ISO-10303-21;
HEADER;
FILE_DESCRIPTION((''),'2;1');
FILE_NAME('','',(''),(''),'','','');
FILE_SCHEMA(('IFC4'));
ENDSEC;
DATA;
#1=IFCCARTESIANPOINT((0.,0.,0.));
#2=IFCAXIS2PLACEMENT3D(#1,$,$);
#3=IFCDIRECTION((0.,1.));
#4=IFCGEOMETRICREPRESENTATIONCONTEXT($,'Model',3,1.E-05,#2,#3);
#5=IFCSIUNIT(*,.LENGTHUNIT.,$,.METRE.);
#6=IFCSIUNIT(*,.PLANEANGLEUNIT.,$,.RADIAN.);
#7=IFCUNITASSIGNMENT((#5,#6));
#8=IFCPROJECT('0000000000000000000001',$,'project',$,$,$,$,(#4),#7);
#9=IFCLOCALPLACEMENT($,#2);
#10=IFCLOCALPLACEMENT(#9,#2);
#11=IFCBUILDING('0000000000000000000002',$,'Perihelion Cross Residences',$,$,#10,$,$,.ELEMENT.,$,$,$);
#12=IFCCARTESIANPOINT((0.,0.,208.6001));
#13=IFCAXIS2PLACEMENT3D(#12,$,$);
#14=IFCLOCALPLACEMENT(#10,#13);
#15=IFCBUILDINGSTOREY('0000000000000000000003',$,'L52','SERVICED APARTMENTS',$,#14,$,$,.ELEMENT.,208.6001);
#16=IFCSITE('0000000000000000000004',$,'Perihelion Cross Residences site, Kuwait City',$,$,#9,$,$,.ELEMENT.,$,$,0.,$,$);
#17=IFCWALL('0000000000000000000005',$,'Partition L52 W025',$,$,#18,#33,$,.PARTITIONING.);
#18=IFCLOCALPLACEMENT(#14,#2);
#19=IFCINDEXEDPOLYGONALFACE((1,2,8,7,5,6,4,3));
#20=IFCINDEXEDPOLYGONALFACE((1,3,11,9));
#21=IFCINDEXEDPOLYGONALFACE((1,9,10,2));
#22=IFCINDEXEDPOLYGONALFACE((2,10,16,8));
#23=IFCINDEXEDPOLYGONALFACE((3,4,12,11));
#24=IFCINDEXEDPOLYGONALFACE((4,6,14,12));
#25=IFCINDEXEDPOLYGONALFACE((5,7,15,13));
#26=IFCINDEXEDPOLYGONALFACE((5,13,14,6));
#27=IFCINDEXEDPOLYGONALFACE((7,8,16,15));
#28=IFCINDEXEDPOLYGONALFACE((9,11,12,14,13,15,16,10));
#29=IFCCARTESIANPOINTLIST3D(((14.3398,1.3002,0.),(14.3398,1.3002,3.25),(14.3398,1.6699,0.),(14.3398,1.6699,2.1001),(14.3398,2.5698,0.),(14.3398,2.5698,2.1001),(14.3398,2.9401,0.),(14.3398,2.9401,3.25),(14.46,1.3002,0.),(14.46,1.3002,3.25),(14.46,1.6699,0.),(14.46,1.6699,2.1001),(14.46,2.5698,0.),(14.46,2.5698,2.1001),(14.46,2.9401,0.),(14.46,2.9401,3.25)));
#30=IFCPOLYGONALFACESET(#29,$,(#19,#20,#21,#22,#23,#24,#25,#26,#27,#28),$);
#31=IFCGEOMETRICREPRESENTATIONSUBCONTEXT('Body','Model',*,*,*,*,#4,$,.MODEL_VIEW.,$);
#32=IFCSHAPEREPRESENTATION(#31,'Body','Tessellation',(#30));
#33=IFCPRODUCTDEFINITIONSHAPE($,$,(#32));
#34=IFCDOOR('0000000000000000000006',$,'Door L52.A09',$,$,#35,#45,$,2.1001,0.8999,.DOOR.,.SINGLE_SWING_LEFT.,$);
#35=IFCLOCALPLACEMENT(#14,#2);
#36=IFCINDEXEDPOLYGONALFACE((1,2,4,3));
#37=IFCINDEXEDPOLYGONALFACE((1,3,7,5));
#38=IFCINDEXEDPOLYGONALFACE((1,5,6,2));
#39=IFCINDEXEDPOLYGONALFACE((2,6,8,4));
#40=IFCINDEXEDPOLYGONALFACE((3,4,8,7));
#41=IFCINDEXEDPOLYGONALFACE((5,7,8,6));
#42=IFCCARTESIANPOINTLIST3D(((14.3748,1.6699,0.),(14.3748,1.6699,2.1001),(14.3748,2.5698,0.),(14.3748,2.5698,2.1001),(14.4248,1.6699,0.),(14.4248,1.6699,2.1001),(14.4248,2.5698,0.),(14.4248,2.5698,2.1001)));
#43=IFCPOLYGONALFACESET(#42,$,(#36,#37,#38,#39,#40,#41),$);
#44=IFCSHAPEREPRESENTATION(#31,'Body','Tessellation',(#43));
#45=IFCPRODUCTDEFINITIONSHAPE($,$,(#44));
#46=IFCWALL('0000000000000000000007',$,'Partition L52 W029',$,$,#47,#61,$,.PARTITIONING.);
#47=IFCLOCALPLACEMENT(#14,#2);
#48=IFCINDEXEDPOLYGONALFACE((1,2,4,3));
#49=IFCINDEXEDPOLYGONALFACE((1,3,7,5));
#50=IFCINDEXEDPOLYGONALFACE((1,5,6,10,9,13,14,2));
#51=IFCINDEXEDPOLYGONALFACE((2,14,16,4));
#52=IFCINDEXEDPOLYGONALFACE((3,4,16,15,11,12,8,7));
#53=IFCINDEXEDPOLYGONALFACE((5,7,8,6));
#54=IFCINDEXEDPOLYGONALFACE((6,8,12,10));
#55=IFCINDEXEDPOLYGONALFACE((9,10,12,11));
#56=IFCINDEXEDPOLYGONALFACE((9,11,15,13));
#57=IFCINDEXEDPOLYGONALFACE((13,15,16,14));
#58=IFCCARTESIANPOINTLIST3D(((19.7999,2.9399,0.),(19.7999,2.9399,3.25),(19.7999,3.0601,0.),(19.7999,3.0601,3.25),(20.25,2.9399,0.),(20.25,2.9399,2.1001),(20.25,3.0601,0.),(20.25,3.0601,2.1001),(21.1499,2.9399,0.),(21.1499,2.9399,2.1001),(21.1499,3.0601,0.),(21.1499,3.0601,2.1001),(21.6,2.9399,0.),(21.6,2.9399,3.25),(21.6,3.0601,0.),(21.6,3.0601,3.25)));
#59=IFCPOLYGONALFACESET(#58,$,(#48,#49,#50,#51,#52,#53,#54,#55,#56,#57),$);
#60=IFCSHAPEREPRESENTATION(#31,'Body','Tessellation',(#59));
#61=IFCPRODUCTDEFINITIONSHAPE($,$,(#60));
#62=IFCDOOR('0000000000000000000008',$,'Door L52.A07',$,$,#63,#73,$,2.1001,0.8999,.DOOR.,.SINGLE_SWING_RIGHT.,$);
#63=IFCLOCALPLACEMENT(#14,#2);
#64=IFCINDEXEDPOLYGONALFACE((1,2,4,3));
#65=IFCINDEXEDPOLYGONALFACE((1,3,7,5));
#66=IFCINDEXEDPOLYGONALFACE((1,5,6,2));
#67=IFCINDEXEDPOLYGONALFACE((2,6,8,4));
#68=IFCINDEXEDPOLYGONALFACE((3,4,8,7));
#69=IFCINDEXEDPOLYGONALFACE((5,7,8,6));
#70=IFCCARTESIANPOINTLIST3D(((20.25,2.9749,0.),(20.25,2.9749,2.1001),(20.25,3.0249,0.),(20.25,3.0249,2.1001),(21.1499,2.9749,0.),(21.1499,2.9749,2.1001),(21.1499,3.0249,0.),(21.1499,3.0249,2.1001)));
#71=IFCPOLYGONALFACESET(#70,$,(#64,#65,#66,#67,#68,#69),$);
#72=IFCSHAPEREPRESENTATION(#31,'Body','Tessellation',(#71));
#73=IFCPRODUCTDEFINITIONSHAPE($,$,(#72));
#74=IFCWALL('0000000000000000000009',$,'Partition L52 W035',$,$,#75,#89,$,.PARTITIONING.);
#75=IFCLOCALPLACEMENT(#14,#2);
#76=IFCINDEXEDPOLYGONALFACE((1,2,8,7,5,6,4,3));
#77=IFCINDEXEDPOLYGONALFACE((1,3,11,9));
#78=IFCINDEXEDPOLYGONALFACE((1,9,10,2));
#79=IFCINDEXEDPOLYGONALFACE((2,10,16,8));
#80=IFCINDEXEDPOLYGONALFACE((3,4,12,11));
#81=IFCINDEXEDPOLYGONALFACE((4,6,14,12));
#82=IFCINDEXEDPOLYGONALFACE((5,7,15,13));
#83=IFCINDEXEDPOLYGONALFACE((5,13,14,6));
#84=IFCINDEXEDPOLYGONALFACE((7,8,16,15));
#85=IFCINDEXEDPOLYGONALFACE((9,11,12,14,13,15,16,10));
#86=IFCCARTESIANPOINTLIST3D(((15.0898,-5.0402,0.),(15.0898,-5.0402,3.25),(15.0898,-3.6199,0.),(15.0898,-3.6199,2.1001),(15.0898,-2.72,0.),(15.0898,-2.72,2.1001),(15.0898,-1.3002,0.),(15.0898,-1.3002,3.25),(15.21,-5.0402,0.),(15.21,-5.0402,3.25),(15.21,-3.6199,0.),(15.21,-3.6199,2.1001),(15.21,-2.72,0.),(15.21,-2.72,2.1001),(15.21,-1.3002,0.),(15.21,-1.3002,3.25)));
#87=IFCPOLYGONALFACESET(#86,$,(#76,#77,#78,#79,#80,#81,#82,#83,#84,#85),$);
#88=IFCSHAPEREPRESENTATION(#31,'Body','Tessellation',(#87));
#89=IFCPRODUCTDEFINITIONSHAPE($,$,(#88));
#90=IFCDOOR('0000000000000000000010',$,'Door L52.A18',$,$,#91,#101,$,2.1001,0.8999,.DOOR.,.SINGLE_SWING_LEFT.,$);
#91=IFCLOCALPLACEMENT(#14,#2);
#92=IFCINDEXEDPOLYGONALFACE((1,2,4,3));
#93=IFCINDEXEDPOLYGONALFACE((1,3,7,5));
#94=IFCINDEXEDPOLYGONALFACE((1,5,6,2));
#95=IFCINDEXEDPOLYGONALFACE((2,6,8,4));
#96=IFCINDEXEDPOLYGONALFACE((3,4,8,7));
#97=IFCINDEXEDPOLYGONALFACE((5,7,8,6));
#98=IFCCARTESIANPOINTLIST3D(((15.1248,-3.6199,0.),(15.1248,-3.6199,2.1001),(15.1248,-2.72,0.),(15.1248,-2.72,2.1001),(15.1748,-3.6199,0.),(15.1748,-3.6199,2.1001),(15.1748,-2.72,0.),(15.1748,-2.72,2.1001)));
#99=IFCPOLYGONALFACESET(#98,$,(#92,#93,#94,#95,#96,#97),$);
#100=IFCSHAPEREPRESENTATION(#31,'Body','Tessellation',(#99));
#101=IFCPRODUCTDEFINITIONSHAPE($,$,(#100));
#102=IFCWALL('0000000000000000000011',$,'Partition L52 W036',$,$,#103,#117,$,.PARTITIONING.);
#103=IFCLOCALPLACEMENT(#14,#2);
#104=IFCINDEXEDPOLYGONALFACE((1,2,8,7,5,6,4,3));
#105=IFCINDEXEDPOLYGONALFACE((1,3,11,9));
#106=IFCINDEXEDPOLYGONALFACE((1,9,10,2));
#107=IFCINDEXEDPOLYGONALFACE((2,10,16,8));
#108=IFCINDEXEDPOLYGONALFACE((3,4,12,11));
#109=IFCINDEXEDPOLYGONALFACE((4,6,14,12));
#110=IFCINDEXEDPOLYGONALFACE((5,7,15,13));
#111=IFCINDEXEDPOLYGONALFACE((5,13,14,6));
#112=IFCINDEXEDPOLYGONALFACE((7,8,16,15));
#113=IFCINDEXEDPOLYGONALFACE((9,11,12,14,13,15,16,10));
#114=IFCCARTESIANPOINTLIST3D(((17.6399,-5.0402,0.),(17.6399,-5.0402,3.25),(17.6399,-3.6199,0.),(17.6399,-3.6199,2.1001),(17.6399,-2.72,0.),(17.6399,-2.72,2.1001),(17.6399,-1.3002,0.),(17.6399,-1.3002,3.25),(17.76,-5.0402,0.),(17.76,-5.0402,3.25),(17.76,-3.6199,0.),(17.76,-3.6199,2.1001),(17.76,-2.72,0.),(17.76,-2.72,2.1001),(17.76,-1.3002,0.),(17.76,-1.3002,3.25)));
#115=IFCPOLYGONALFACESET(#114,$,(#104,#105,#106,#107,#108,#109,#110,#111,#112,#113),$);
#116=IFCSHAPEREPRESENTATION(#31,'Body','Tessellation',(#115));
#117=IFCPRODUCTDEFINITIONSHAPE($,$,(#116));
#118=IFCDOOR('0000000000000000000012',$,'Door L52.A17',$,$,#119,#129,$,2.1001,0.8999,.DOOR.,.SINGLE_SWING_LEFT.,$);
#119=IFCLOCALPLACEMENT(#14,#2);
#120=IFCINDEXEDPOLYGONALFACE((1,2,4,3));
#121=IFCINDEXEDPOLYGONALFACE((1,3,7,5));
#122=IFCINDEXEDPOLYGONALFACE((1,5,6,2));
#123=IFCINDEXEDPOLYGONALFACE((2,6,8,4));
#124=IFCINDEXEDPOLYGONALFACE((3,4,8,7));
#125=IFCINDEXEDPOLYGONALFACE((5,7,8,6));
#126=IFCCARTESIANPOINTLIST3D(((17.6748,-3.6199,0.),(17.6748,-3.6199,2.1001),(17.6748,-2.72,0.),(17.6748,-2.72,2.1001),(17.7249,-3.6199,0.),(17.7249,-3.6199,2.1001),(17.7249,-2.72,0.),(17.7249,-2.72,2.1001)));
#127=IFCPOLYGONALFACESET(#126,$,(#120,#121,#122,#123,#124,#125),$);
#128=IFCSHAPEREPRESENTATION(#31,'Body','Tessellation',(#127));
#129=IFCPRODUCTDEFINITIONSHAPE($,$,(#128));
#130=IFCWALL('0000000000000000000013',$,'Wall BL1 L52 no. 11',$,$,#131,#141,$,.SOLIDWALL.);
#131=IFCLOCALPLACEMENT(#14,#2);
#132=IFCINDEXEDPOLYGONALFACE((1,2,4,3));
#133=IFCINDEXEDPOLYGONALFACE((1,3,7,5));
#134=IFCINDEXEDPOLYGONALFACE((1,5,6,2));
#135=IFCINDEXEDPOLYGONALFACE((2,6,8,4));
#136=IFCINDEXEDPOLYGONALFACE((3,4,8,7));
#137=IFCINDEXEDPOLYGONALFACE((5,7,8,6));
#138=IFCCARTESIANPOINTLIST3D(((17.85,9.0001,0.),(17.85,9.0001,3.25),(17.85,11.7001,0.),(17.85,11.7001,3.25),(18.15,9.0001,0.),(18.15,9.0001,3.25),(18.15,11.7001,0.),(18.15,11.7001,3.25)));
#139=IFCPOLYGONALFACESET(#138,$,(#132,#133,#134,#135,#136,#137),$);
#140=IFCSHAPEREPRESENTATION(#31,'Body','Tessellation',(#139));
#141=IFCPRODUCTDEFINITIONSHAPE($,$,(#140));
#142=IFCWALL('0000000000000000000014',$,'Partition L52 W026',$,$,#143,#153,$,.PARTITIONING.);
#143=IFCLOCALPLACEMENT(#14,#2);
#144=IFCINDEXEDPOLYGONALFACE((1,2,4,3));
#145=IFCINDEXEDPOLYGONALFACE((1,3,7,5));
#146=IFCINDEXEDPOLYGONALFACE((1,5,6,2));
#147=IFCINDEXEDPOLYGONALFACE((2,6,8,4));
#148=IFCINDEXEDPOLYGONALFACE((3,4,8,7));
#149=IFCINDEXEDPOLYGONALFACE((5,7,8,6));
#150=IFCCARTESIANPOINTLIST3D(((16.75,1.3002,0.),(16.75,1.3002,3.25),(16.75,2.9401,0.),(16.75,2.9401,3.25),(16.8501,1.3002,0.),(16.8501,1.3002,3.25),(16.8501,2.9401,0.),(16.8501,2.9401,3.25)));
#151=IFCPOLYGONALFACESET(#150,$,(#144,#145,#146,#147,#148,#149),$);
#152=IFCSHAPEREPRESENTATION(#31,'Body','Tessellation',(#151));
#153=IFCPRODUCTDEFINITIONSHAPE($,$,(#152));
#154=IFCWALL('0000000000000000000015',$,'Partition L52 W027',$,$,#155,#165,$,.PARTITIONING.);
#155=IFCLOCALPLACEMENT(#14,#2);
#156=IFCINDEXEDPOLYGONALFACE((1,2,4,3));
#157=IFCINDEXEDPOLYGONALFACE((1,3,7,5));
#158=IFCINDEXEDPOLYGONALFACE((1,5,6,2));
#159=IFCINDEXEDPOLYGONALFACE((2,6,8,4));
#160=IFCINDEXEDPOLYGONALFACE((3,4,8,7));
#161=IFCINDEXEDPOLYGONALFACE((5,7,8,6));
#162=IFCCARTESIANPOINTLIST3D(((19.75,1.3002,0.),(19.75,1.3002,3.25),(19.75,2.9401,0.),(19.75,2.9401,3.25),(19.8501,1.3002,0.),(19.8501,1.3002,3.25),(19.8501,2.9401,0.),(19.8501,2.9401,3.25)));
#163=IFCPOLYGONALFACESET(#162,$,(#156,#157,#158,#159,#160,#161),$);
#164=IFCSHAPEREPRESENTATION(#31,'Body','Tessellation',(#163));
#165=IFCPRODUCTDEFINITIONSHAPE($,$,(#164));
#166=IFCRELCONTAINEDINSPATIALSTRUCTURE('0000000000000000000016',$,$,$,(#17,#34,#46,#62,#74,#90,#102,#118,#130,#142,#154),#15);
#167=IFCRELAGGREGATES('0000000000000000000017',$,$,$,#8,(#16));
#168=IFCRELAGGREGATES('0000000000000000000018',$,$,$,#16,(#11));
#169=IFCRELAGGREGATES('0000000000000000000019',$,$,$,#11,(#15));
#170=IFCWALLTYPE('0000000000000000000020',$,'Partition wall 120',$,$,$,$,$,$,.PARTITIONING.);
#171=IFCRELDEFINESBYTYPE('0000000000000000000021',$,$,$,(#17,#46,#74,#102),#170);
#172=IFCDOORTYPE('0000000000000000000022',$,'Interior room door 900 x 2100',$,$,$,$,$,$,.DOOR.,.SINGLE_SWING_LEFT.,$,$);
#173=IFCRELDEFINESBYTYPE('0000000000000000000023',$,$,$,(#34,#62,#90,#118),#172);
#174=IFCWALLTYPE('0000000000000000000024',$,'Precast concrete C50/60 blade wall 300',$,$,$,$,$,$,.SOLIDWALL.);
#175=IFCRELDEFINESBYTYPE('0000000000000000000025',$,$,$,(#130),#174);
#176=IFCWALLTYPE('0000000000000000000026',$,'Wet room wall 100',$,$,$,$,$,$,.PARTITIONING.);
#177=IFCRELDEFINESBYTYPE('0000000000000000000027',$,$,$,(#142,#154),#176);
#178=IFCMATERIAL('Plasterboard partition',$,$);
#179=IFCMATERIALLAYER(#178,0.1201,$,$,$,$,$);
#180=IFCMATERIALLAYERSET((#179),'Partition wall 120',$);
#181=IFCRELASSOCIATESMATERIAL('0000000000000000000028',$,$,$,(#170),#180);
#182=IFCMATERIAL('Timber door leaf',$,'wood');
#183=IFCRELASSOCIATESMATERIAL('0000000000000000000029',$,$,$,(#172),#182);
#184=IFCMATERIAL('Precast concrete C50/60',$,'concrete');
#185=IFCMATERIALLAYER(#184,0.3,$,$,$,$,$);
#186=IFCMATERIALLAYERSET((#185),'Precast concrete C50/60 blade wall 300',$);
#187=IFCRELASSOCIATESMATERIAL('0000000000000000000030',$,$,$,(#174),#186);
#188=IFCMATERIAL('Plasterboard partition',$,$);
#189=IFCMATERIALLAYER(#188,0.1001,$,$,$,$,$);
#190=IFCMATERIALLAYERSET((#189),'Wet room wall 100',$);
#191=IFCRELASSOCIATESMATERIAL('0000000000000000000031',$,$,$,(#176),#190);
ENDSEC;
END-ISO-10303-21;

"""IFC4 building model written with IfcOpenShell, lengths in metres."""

from ifc_helpers import new_model, si_unit, direction, frame, frame_2d, origin, place, context, subcontext, project, spatial, rectangle, extrude, material, layer, layer_set, type_object, element, fill, save


model = new_model("IFC4")

# Units and contexts
model_context = context("Model", 3, precision=1e-05, world=origin(), true_north=direction((0.0, 1.0)))
body_context = subcontext(model_context, "Body", "Model", "MODEL_VIEW")
ifc_project = project(units=[si_unit("LENGTHUNIT", "METRE"), si_unit("PLANEANGLEUNIT", "RADIAN")], contexts=[model_context])

# Site, building, storey
site_placement = place(None, origin())
site = spatial("IfcSite", under=ifc_project, at=site_placement, Name="Perihelion Cross Residences site, Kuwait City", CompositionType="ELEMENT", RefElevation=0.0)
building_placement = place(site_placement, origin())
building = spatial("IfcBuilding", under=site, at=building_placement, Name="Perihelion Cross Residences", CompositionType="ELEMENT")
storey_placement = place(building_placement, frame((0.0, 0.0, 208.6001)))
storey = spatial("IfcBuildingStorey", under=building, at=storey_placement, Name="L52", Description="SERVICED APARTMENTS", CompositionType="ELEMENT", Elevation=208.6001)

# Walls, openings, doors
ifc_material_1 = material(Name="Plasterboard partition")
ifc_layer_1 = layer(ifc_material_1, 0.1201)
ifc_layer_set_1 = layer_set([ifc_layer_1], Name="Partition wall 120")
wall_type_1 = type_object("IfcWallType", Name="Partition wall 120", PredefinedType="PARTITIONING", material=ifc_layer_set_1)
ifc_material_2 = material(Name="Timber door leaf", Category="wood")
door_type_1 = type_object("IfcDoorType", Name="Interior room door 900 x 2100", OperationType="SINGLE_SWING_LEFT", PredefinedType="DOOR", material=ifc_material_2)
wall_1_placement = place(storey_placement, frame((14.3999, 2.9399, 0.0), z_axis=(0.0, 0.0, 1.0), x_axis=(0.0, -1.0, 0.0)))
wall_1 = element("IfcWall", 1, at=wall_1_placement, inside=storey, type_object=wall_type_1, Name="Partition L52 W025", PredefinedType="PARTITIONING", context=body_context, shape_type="SweptSolid", body=[
    extrude(rectangle(XDim=1.6399, YDim=0.1201, at=frame_2d((0.8198, 0.0))), origin(), (0.0, 0.0, 1.0), 3.25),
])
opening_1_placement = place(wall_1_placement, frame((0.3701, 0.0, 0.0)))
opening_1 = element("IfcOpeningElement", 2, at=opening_1_placement, cuts=wall_1, PredefinedType="OPENING", context=body_context, shape_type="SweptSolid", body=[
    extrude(rectangle(XDim=0.8999, YDim=2.1001, at=frame_2d((0.45, 1.05))), frame((0.0, 0.0701, 0.0), z_axis=(0.0, -1.0, 0.0), x_axis=(1.0, 0.0, 0.0)), (0.0, 0.0, 1.0), 0.1401),
])
door_1_placement = place(opening_1_placement, origin())
door_1 = element("IfcDoor", 3, at=door_1_placement, inside=storey, type_object=door_type_1, Name="Door L52.A09", OperationType="SINGLE_SWING_LEFT", OverallHeight=2.1001, OverallWidth=0.8999, PredefinedType="DOOR", context=body_context, shape_type="SweptSolid", body=[
    extrude(rectangle(XDim=0.8999, YDim=2.1001, at=frame_2d((0.45, 1.05))), frame((0.0, 0.0249, 0.0), z_axis=(0.0, -1.0, 0.0), x_axis=(1.0, 0.0, 0.0)), (0.0, 0.0, 1.0), 0.05),
])
fill(opening_1, door_1)
wall_2_placement = place(storey_placement, frame((19.8, 3.0, 0.0), z_axis=(0.0, 0.0, 1.0), x_axis=(1.0, 0.0, 0.0)))
wall_2 = element("IfcWall", 4, at=wall_2_placement, inside=storey, type_object=wall_type_1, Name="Partition L52 W029", PredefinedType="PARTITIONING", context=body_context, shape_type="SweptSolid", body=[
    extrude(rectangle(XDim=1.8, YDim=0.1201, at=frame_2d((0.8999, 0.0))), origin(), (0.0, 0.0, 1.0), 3.25),
])
opening_2_placement = place(wall_2_placement, frame((0.45, 0.0, 0.0)))
opening_2 = element("IfcOpeningElement", 5, at=opening_2_placement, cuts=wall_2, PredefinedType="OPENING", context=body_context, shape_type="SweptSolid", body=[
    extrude(rectangle(XDim=0.8999, YDim=2.1001, at=frame_2d((0.45, 1.05))), frame((0.0, 0.0701, 0.0), z_axis=(0.0, -1.0, 0.0), x_axis=(1.0, 0.0, 0.0)), (0.0, 0.0, 1.0), 0.1401),
])
door_2_placement = place(opening_2_placement, origin())
door_2 = element("IfcDoor", 6, at=door_2_placement, inside=storey, type_object=door_type_1, Name="Door L52.A07", OperationType="SINGLE_SWING_RIGHT", OverallHeight=2.1001, OverallWidth=0.8999, PredefinedType="DOOR", context=body_context, shape_type="SweptSolid", body=[
    extrude(rectangle(XDim=0.8999, YDim=2.1001, at=frame_2d((0.45, 1.05))), frame((0.0, 0.0249, 0.0), z_axis=(0.0, -1.0, 0.0), x_axis=(1.0, 0.0, 0.0)), (0.0, 0.0, 1.0), 0.05),
])
fill(opening_2, door_2)
wall_3_placement = place(storey_placement, frame((15.1499, -1.3, 0.0), z_axis=(0.0, 0.0, 1.0), x_axis=(0.0, -1.0, 0.0)))
wall_3 = element("IfcWall", 7, at=wall_3_placement, inside=storey, type_object=wall_type_1, Name="Partition L52 W035", PredefinedType="PARTITIONING", context=body_context, shape_type="SweptSolid", body=[
    extrude(rectangle(XDim=3.74, YDim=0.1201, at=frame_2d((1.8701, 0.0))), origin(), (0.0, 0.0, 1.0), 3.25),
])
opening_3_placement = place(wall_3_placement, frame((1.4199, 0.0, 0.0)))
opening_3 = element("IfcOpeningElement", 8, at=opening_3_placement, cuts=wall_3, PredefinedType="OPENING", context=body_context, shape_type="SweptSolid", body=[
    extrude(rectangle(XDim=0.8999, YDim=2.1001, at=frame_2d((0.45, 1.05))), frame((0.0, 0.0701, 0.0), z_axis=(0.0, -1.0, 0.0), x_axis=(1.0, 0.0, 0.0)), (0.0, 0.0, 1.0), 0.1401),
])
door_3_placement = place(opening_3_placement, origin())
door_3 = element("IfcDoor", 9, at=door_3_placement, inside=storey, type_object=door_type_1, Name="Door L52.A18", OperationType="SINGLE_SWING_LEFT", OverallHeight=2.1001, OverallWidth=0.8999, PredefinedType="DOOR", context=body_context, shape_type="SweptSolid", body=[
    extrude(rectangle(XDim=0.8999, YDim=2.1001, at=frame_2d((0.45, 1.05))), frame((0.0, 0.0249, 0.0), z_axis=(0.0, -1.0, 0.0), x_axis=(1.0, 0.0, 0.0)), (0.0, 0.0, 1.0), 0.05),
])
fill(opening_3, door_3)
wall_4_placement = place(storey_placement, frame((17.7, -1.3, 0.0), z_axis=(0.0, 0.0, 1.0), x_axis=(0.0, -1.0, 0.0)))
wall_4 = element("IfcWall", 10, at=wall_4_placement, inside=storey, type_object=wall_type_1, Name="Partition L52 W036", PredefinedType="PARTITIONING", context=body_context, shape_type="SweptSolid", body=[
    extrude(rectangle(XDim=3.74, YDim=0.1201, at=frame_2d((1.8701, 0.0))), origin(), (0.0, 0.0, 1.0), 3.25),
])
opening_4_placement = place(wall_4_placement, frame((1.4199, 0.0, 0.0)))
opening_4 = element("IfcOpeningElement", 11, at=opening_4_placement, cuts=wall_4, PredefinedType="OPENING", context=body_context, shape_type="SweptSolid", body=[
    extrude(rectangle(XDim=0.8999, YDim=2.1001, at=frame_2d((0.45, 1.05))), frame((0.0, 0.0701, 0.0), z_axis=(0.0, -1.0, 0.0), x_axis=(1.0, 0.0, 0.0)), (0.0, 0.0, 1.0), 0.1401),
])
door_4_placement = place(opening_4_placement, origin())
door_4 = element("IfcDoor", 12, at=door_4_placement, inside=storey, type_object=door_type_1, Name="Door L52.A17", OperationType="SINGLE_SWING_LEFT", OverallHeight=2.1001, OverallWidth=0.8999, PredefinedType="DOOR", context=body_context, shape_type="SweptSolid", body=[
    extrude(rectangle(XDim=0.8999, YDim=2.1001, at=frame_2d((0.45, 1.05))), frame((0.0, 0.0249, 0.0), z_axis=(0.0, -1.0, 0.0), x_axis=(1.0, 0.0, 0.0)), (0.0, 0.0, 1.0), 0.05),
])
fill(opening_4, door_4)

# Walls
ifc_material_3 = material(Name="Precast concrete C50/60", Category="concrete")
ifc_layer_2 = layer(ifc_material_3, 0.3)
ifc_layer_set_2 = layer_set([ifc_layer_2], Name="Precast concrete C50/60 blade wall 300")
wall_type_2 = type_object("IfcWallType", Name="Precast concrete C50/60 blade wall 300", PredefinedType="SOLIDWALL", material=ifc_layer_set_2)
wall_5_placement = place(storey_placement, frame((18.0, 9.0, 0.0), z_axis=(0.0, 0.0, 1.0), x_axis=(0.0, 1.0, 0.0)))
element("IfcWall", 13, at=wall_5_placement, inside=storey, type_object=wall_type_2, Name="Wall BL1 L52 no. 11", PredefinedType="SOLIDWALL", context=body_context, shape_type="SweptSolid", body=[
    extrude(rectangle(XDim=2.7, YDim=0.3, at=frame_2d((1.3501, 0.0))), origin(), (0.0, 0.0, 1.0), 3.25),
])
ifc_material_4 = material(Name="Plasterboard partition")
ifc_layer_3 = layer(ifc_material_4, 0.1001)
ifc_layer_set_3 = layer_set([ifc_layer_3], Name="Wet room wall 100")
wall_type_3 = type_object("IfcWallType", Name="Wet room wall 100", PredefinedType="PARTITIONING", material=ifc_layer_set_3)
for number, where, z_axis, x_axis, name in (
    (14, (16.8, 2.9399, 0.0), (0.0, 0.0, 1.0), (0.0, -1.0, 0.0), "Partition L52 W026"),
    (15, (19.8, 2.9399, 0.0), (0.0, 0.0, 1.0), (0.0, -1.0, 0.0), "Partition L52 W027"),
):
    element("IfcWall", number, at=place(storey_placement, frame(where, z_axis=z_axis, x_axis=x_axis)), inside=storey, type_object=wall_type_3, Name=name, PredefinedType="PARTITIONING", context=body_context, shape_type="SweptSolid", body=[
        extrude(rectangle(XDim=1.6399, YDim=0.1001, at=frame_2d((0.8198, 0.0))), origin(), (0.0, 0.0, 1.0), 3.25),
    ])

save(model, "model.ifc")
